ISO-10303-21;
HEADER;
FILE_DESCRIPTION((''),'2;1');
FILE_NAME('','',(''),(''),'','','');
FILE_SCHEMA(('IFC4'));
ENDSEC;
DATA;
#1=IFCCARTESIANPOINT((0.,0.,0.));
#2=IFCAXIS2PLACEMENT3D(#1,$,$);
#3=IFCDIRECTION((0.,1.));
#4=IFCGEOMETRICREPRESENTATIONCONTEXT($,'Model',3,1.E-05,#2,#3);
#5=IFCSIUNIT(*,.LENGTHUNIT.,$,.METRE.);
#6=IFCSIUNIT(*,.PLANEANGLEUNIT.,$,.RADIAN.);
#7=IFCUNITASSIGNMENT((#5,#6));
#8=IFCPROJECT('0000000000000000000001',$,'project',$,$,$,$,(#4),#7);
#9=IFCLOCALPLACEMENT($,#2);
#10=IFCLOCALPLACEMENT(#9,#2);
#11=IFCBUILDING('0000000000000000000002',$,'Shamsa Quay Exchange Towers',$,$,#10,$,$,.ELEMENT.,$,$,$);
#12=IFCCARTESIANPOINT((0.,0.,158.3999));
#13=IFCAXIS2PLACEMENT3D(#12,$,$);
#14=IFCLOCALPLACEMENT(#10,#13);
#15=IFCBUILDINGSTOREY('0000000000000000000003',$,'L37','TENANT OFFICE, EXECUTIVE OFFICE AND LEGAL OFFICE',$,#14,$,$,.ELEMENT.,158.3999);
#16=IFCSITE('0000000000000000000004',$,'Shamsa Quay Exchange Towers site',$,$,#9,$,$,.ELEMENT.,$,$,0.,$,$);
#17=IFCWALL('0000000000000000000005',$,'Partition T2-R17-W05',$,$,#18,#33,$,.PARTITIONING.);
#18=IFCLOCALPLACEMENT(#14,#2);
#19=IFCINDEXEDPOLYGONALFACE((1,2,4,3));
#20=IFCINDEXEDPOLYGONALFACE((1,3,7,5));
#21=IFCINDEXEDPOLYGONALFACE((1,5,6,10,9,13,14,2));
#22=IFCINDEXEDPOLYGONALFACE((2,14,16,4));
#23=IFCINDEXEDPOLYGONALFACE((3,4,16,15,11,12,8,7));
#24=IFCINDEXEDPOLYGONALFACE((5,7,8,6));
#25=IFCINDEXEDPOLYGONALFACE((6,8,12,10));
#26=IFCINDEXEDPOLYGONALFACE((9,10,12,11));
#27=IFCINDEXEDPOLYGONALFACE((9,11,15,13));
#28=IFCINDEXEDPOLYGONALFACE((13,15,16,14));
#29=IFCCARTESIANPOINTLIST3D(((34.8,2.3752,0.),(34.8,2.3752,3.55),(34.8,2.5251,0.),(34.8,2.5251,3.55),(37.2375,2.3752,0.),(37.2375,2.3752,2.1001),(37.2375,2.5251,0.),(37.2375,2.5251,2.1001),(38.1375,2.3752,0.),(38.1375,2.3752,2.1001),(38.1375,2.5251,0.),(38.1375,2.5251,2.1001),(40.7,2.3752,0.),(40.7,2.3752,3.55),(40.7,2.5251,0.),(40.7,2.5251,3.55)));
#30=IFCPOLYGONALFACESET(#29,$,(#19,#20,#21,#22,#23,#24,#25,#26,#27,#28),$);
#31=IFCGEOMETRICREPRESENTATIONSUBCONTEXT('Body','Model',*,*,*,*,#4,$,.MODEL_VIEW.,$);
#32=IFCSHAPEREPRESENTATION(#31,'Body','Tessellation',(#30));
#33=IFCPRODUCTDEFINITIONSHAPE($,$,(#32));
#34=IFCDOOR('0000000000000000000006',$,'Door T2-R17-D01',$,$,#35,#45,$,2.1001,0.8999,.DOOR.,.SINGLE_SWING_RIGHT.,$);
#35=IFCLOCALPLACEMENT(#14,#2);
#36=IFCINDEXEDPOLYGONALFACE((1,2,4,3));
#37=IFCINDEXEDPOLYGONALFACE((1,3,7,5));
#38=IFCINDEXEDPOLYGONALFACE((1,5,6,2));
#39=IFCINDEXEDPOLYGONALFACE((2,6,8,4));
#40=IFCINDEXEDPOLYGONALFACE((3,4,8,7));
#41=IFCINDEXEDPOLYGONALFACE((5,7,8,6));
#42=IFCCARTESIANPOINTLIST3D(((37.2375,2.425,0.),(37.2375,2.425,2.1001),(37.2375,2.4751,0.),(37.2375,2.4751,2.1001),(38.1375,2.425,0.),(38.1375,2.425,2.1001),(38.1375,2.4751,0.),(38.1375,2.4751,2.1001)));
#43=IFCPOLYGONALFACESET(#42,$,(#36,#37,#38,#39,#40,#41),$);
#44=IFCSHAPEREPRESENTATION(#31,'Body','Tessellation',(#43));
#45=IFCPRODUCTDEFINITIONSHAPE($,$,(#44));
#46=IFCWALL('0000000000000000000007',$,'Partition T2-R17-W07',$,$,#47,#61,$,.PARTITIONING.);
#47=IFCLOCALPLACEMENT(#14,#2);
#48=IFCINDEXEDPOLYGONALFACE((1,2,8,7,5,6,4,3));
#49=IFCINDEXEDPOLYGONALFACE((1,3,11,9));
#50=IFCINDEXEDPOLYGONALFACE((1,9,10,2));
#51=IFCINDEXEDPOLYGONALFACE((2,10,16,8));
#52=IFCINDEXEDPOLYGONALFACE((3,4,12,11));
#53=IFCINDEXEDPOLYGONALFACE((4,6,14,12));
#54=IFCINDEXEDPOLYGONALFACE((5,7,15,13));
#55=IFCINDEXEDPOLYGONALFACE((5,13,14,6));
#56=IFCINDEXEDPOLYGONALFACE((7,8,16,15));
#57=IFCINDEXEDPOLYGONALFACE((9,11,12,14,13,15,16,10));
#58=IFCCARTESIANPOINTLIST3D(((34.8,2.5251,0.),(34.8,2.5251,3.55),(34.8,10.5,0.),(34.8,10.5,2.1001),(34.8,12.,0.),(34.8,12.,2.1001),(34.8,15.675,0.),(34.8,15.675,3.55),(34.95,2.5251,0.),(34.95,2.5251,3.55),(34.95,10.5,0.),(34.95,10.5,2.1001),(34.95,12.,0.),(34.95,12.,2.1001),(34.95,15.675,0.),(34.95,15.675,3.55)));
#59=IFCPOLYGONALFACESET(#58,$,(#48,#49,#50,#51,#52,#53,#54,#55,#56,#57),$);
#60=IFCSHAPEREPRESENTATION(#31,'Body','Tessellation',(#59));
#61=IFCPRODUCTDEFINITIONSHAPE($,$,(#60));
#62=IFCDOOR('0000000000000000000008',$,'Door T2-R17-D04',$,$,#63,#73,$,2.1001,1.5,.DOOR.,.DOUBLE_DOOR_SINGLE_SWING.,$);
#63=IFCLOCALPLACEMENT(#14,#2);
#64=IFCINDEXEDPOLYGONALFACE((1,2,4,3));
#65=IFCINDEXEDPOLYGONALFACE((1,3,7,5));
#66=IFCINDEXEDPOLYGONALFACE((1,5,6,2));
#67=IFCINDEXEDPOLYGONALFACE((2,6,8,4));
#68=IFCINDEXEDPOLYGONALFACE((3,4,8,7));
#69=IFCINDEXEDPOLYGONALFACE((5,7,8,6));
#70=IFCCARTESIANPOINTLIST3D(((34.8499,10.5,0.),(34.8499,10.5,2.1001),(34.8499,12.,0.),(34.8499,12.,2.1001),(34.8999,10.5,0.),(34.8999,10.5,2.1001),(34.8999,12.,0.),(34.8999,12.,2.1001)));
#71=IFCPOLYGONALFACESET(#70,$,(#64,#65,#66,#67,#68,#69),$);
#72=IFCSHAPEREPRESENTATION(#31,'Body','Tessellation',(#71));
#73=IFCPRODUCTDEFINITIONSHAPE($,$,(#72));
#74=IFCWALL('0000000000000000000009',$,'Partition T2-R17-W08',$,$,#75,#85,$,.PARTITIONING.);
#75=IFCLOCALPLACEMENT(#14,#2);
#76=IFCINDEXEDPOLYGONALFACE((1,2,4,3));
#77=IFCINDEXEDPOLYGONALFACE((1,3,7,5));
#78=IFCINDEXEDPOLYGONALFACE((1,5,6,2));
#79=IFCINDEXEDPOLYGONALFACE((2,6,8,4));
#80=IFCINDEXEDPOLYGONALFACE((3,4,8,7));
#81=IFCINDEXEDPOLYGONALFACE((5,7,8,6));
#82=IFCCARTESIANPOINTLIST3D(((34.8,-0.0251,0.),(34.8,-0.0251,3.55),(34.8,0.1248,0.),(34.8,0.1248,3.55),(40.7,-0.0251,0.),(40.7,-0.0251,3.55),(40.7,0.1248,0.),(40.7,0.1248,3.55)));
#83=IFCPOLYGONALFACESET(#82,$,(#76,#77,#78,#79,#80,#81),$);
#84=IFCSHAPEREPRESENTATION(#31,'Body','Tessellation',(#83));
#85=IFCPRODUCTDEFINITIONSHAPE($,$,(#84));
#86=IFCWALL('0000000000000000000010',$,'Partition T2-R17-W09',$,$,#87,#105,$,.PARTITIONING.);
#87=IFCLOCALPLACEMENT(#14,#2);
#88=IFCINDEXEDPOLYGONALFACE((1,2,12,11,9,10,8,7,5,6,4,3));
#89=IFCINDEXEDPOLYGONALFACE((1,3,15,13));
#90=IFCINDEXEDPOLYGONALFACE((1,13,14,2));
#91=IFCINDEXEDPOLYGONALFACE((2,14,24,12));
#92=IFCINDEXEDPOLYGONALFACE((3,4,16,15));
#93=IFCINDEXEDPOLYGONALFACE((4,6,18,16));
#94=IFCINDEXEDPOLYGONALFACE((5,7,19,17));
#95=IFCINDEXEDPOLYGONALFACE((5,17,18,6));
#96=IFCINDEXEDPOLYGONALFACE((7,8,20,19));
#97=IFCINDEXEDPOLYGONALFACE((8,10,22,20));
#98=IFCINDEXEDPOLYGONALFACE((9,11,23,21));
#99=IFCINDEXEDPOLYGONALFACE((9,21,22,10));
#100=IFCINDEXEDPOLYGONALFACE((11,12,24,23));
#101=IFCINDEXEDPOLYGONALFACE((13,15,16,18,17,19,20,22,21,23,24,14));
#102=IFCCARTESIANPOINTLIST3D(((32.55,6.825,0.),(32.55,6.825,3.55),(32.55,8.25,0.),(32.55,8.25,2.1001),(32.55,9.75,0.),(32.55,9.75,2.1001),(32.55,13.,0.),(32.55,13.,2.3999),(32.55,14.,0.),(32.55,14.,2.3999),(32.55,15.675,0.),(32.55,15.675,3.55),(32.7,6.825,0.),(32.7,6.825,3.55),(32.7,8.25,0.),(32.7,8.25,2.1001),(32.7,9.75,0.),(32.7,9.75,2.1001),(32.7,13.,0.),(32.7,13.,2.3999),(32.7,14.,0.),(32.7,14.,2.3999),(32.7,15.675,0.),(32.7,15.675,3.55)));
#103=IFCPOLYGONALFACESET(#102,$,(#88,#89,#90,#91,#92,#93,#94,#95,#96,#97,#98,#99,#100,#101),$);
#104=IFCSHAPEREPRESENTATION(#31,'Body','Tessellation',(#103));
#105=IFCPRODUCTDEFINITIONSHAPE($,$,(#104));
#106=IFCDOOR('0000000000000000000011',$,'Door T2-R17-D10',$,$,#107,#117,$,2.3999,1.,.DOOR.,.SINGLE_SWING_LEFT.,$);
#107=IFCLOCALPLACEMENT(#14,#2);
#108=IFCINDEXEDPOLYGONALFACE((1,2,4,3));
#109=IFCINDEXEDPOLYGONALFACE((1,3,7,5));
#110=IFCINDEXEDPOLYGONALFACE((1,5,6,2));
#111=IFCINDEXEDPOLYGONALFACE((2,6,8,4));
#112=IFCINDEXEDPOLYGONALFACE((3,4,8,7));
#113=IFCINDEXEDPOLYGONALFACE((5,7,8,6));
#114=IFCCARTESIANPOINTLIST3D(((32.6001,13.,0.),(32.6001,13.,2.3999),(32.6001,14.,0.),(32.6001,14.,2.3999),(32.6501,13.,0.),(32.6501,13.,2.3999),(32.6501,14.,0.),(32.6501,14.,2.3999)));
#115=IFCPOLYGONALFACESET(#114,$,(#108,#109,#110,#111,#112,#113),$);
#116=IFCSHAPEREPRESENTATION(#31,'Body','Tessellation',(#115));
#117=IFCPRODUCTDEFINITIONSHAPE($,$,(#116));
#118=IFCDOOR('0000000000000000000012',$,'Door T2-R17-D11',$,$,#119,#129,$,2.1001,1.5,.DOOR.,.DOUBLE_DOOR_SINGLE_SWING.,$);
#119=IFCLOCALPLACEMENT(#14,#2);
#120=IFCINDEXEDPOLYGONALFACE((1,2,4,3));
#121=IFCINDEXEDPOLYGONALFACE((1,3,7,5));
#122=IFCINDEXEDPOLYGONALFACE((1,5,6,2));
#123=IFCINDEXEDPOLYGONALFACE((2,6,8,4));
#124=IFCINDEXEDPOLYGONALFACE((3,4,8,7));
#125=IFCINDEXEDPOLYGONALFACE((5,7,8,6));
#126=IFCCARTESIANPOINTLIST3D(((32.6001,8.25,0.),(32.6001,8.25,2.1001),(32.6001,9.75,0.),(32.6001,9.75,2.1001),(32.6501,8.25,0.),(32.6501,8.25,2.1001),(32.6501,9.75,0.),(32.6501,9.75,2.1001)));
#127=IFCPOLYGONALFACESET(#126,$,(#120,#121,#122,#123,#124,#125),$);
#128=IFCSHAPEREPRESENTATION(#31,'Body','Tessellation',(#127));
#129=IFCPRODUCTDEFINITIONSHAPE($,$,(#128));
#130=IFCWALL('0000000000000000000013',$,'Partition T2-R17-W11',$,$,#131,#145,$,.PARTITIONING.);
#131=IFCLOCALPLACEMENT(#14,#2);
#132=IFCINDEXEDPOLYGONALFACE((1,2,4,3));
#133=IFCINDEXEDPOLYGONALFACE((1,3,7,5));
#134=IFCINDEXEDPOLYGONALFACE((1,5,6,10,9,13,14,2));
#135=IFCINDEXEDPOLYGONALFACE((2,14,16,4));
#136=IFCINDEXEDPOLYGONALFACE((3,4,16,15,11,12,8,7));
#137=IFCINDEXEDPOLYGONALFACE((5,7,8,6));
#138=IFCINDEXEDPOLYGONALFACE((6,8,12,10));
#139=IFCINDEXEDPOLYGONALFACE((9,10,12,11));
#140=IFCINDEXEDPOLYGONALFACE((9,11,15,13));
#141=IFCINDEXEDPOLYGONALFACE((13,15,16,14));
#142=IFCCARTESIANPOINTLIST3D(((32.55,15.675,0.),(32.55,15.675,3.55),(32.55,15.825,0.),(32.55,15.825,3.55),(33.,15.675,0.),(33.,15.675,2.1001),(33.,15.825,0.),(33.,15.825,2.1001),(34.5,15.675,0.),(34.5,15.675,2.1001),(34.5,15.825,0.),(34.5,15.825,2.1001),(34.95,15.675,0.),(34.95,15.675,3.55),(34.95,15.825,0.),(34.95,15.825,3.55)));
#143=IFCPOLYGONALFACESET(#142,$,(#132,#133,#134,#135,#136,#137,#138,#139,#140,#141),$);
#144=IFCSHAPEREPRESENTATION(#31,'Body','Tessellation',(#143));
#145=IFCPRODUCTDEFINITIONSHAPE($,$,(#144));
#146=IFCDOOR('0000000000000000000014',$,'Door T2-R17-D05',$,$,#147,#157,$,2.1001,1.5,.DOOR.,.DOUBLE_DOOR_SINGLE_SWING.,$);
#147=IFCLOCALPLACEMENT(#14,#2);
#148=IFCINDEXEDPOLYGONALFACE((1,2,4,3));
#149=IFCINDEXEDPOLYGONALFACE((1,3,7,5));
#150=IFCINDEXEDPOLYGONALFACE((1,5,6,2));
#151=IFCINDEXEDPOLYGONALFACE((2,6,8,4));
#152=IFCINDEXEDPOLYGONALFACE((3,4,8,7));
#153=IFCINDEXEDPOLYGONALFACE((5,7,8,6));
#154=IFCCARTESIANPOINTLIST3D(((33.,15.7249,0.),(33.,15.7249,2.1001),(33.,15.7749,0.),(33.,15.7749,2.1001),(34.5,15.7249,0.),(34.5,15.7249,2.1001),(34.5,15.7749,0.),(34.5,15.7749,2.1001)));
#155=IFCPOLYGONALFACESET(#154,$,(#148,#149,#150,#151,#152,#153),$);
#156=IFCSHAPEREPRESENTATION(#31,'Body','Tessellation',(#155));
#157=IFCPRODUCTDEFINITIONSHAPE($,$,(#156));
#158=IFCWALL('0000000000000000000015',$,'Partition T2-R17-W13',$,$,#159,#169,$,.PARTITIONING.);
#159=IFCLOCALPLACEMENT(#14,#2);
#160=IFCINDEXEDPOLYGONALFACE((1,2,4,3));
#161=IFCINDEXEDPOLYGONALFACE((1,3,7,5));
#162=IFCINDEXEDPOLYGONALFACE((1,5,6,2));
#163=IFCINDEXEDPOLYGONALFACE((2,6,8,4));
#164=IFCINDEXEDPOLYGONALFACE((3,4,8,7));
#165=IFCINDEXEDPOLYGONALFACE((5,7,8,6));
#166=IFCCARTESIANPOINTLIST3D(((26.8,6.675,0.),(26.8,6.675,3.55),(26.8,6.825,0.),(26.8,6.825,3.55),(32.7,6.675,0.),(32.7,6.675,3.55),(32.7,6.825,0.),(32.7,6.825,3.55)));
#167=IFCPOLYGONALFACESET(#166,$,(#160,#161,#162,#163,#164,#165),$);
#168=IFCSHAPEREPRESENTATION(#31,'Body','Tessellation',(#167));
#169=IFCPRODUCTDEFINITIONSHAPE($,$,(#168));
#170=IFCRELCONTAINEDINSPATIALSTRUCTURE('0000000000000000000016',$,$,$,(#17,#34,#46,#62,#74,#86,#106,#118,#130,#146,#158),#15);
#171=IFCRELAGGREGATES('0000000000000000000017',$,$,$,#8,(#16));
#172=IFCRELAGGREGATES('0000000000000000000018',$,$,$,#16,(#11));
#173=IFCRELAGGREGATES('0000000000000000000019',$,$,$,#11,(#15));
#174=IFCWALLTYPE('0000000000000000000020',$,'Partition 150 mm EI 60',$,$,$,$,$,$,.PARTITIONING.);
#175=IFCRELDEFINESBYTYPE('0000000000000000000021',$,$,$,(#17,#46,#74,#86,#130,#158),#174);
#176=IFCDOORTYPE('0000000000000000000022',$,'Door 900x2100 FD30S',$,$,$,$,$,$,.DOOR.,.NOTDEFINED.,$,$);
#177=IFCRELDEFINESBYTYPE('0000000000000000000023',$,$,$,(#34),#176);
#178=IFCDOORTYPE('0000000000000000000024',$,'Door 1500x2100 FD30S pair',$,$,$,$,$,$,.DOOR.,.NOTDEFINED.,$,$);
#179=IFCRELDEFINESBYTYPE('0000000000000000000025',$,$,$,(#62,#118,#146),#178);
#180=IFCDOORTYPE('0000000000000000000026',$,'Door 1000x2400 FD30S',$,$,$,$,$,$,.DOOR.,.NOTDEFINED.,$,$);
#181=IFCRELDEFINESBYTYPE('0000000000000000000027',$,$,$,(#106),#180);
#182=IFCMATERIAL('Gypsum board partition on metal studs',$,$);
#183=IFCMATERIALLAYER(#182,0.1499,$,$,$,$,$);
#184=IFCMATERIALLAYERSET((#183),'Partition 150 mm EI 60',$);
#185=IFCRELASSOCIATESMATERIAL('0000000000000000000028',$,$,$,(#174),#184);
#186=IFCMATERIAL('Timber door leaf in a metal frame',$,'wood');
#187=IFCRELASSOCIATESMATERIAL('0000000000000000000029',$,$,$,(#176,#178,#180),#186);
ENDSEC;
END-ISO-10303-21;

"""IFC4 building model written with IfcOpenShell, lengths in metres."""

from ifc_helpers import new_model, si_unit, direction, frame, frame_2d, origin, place, context, subcontext, project, spatial, rectangle, extrude, material, layer, layer_set, type_object, element, fill, save


model = new_model("IFC4")

# Units and contexts
model_context = context("Model", 3, precision=1e-05, world=origin(), true_north=direction((0.0, 1.0)))
body_context = subcontext(model_context, "Body", "Model", "MODEL_VIEW")
ifc_project = project(units=[si_unit("LENGTHUNIT", "METRE"), si_unit("PLANEANGLEUNIT", "RADIAN")], contexts=[model_context])

# Site, building, storey
site_placement = place(None, origin())
site = spatial("IfcSite", under=ifc_project, at=site_placement, Name="Shamsa Quay Exchange Towers site", CompositionType="ELEMENT", RefElevation=0.0)
building_placement = place(site_placement, origin())
building = spatial("IfcBuilding", under=site, at=building_placement, Name="Shamsa Quay Exchange Towers", CompositionType="ELEMENT")
storey_placement = place(building_placement, frame((0.0, 0.0, 158.3999)))
storey = spatial("IfcBuildingStorey", under=building, at=storey_placement, Name="L37", Description="TENANT OFFICE, EXECUTIVE OFFICE AND LEGAL OFFICE", CompositionType="ELEMENT", Elevation=158.3999)

# Walls, openings, doors
ifc_material_1 = material(Name="Gypsum board partition on metal studs")
ifc_material_2 = material(Name="Timber door leaf in a metal frame", Category="wood")
ifc_layer_1 = layer(ifc_material_1, 0.1499)
ifc_layer_set_1 = layer_set([ifc_layer_1], Name="Partition 150 mm EI 60")
wall_type_1 = type_object("IfcWallType", Name="Partition 150 mm EI 60", PredefinedType="PARTITIONING", material=ifc_layer_set_1)
wall_1_placement = place(storey_placement, frame((34.8, 2.4502, 0.0)))
wall_1 = element("IfcWall", 1, at=wall_1_placement, inside=storey, type_object=wall_type_1, Name="Partition T2-R17-W05", PredefinedType="PARTITIONING", context=body_context, shape_type="SweptSolid", body=[
    extrude(rectangle(XDim=5.8999, YDim=0.1499, at=frame_2d((2.95, 0.0))), origin(), (0.0, 0.0, 1.0), 3.55),
])
opening_1_placement = place(wall_1_placement, frame((2.4375, 0.0, 0.0)))
opening_1 = element("IfcOpeningElement", 2, at=opening_1_placement, cuts=wall_1, PredefinedType="OPENING", context=body_context, shape_type="SweptSolid", body=[
    extrude(rectangle(XDim=0.8999, YDim=2.1001, at=frame_2d((0.45, 1.05))), frame((0.0, 0.085, 0.0), z_axis=(0.0, -1.0, 0.0), x_axis=(1.0, 0.0, 0.0)), (0.0, 0.0, 1.0), 0.1699),
])
door_type_1 = type_object("IfcDoorType", Name="Door 900x2100 FD30S", OperationType="NOTDEFINED", PredefinedType="DOOR", material=ifc_material_2)
door_1_placement = place(opening_1_placement, origin())
door_1 = element("IfcDoor", 3, at=door_1_placement, inside=storey, type_object=door_type_1, Name="Door T2-R17-D01", OperationType="SINGLE_SWING_RIGHT", OverallHeight=2.1001, OverallWidth=0.8999, PredefinedType="DOOR", context=body_context, shape_type="SweptSolid", body=[
    extrude(rectangle(XDim=0.8999, YDim=2.1001, at=frame_2d((0.45, 1.05))), frame((0.0, 0.0249, 0.0), z_axis=(0.0, -1.0, 0.0), x_axis=(1.0, 0.0, 0.0)), (0.0, 0.0, 1.0), 0.05),
])
fill(opening_1, door_1)
wall_2_placement = place(storey_placement, frame((34.875, 15.675, 0.0), z_axis=(0.0, 0.0, 1.0), x_axis=(0.0, -1.0, 0.0)))
wall_2 = element("IfcWall", 4, at=wall_2_placement, inside=storey, type_object=wall_type_1, Name="Partition T2-R17-W07", PredefinedType="PARTITIONING", context=body_context, shape_type="SweptSolid", body=[
    extrude(rectangle(XDim=13.1499, YDim=0.1499, at=frame_2d((6.575, 0.0))), origin(), (0.0, 0.0, 1.0), 3.55),
])
opening_2_placement = place(wall_2_placement, frame((3.675, 0.0, 0.0)))
opening_2 = element("IfcOpeningElement", 5, at=opening_2_placement, cuts=wall_2, PredefinedType="OPENING", context=body_context, shape_type="SweptSolid", body=[
    extrude(rectangle(XDim=1.5, YDim=2.1001, at=frame_2d((0.75, 1.05))), frame((0.0, 0.085, 0.0), z_axis=(0.0, -1.0, 0.0), x_axis=(1.0, 0.0, 0.0)), (0.0, 0.0, 1.0), 0.1699),
])
door_type_2 = type_object("IfcDoorType", Name="Door 1500x2100 FD30S pair", OperationType="NOTDEFINED", PredefinedType="DOOR", material=ifc_material_2)
door_2_placement = place(opening_2_placement, origin())
door_2 = element("IfcDoor", 6, at=door_2_placement, inside=storey, type_object=door_type_2, Name="Door T2-R17-D04", OperationType="DOUBLE_DOOR_SINGLE_SWING", OverallHeight=2.1001, OverallWidth=1.5, PredefinedType="DOOR", context=body_context, shape_type="SweptSolid", body=[
    extrude(rectangle(XDim=1.5, YDim=2.1001, at=frame_2d((0.75, 1.05))), frame((0.0, 0.0249, 0.0), z_axis=(0.0, -1.0, 0.0), x_axis=(1.0, 0.0, 0.0)), (0.0, 0.0, 1.0), 0.05),
])
fill(opening_2, door_2)

# Wall
wall_3_placement = place(storey_placement, frame((40.7, 0.0498, 0.0), z_axis=(0.0, 0.0, 1.0), x_axis=(-1.0, 0.0, 0.0)))
element("IfcWall", 7, at=wall_3_placement, inside=storey, type_object=wall_type_1, Name="Partition T2-R17-W08", PredefinedType="PARTITIONING", context=body_context, shape_type="SweptSolid", body=[
    extrude(rectangle(XDim=5.8999, YDim=0.1499, at=frame_2d((2.95, 0.0))), origin(), (0.0, 0.0, 1.0), 3.55),
])

# Wall, openings, doors
wall_4_placement = place(storey_placement, frame((32.625, 6.825, 0.0), z_axis=(0.0, 0.0, 1.0), x_axis=(0.0, 1.0, 0.0)))
wall_4 = element("IfcWall", 8, at=wall_4_placement, inside=storey, type_object=wall_type_1, Name="Partition T2-R17-W09", PredefinedType="PARTITIONING", context=body_context, shape_type="SweptSolid", body=[
    extrude(rectangle(XDim=8.8501, YDim=0.1499, at=frame_2d((4.425, 0.0))), origin(), (0.0, 0.0, 1.0), 3.55),
])
opening_3_placement = place(wall_4_placement, frame((6.175, 0.0, 0.0)))
opening_3 = element("IfcOpeningElement", 9, at=opening_3_placement, cuts=wall_4, PredefinedType="OPENING", context=body_context, shape_type="SweptSolid", body=[
    extrude(rectangle(XDim=1.0, YDim=2.3999, at=frame_2d((0.5, 1.2))), frame((0.0, 0.085, 0.0), z_axis=(0.0, -1.0, 0.0), x_axis=(1.0, 0.0, 0.0)), (0.0, 0.0, 1.0), 0.1699),
])
opening_4_placement = place(wall_4_placement, frame((1.425, 0.0, 0.0)))
opening_4 = element("IfcOpeningElement", 10, at=opening_4_placement, cuts=wall_4, PredefinedType="OPENING", context=body_context, shape_type="SweptSolid", body=[
    extrude(rectangle(XDim=1.5, YDim=2.1001, at=frame_2d((0.75, 1.05))), frame((0.0, 0.085, 0.0), z_axis=(0.0, -1.0, 0.0), x_axis=(1.0, 0.0, 0.0)), (0.0, 0.0, 1.0), 0.1699),
])
door_type_3 = type_object("IfcDoorType", Name="Door 1000x2400 FD30S", OperationType="NOTDEFINED", PredefinedType="DOOR", material=ifc_material_2)
door_3_placement = place(opening_3_placement, origin())
door_3 = element("IfcDoor", 11, at=door_3_placement, inside=storey, type_object=door_type_3, Name="Door T2-R17-D10", OperationType="SINGLE_SWING_LEFT", OverallHeight=2.3999, OverallWidth=1.0, PredefinedType="DOOR", context=body_context, shape_type="SweptSolid", body=[
    extrude(rectangle(XDim=1.0, YDim=2.3999, at=frame_2d((0.5, 1.2))), frame((0.0, 0.0249, 0.0), z_axis=(0.0, -1.0, 0.0), x_axis=(1.0, 0.0, 0.0)), (0.0, 0.0, 1.0), 0.05),
])
fill(opening_3, door_3)
door_4_placement = place(opening_4_placement, origin())
door_4 = element("IfcDoor", 12, at=door_4_placement, inside=storey, type_object=door_type_2, Name="Door T2-R17-D11", OperationType="DOUBLE_DOOR_SINGLE_SWING", OverallHeight=2.1001, OverallWidth=1.5, PredefinedType="DOOR", context=body_context, shape_type="SweptSolid", body=[
    extrude(rectangle(XDim=1.5, YDim=2.1001, at=frame_2d((0.75, 1.05))), frame((0.0, 0.0249, 0.0), z_axis=(0.0, -1.0, 0.0), x_axis=(1.0, 0.0, 0.0)), (0.0, 0.0, 1.0), 0.05),
])
fill(opening_4, door_4)

# Wall, opening, door
wall_5_placement = place(storey_placement, frame((32.55, 15.75, 0.0)))
wall_5 = element("IfcWall", 13, at=wall_5_placement, inside=storey, type_object=wall_type_1, Name="Partition T2-R17-W11", PredefinedType="PARTITIONING", context=body_context, shape_type="SweptSolid", body=[
    extrude(rectangle(XDim=2.3999, YDim=0.1499, at=frame_2d((1.2, 0.0))), origin(), (0.0, 0.0, 1.0), 3.55),
])
opening_5_placement = place(wall_5_placement, frame((0.45, 0.0, 0.0)))
opening_5 = element("IfcOpeningElement", 14, at=opening_5_placement, cuts=wall_5, PredefinedType="OPENING", context=body_context, shape_type="SweptSolid", body=[
    extrude(rectangle(XDim=1.5, YDim=2.1001, at=frame_2d((0.75, 1.05))), frame((0.0, 0.085, 0.0), z_axis=(0.0, -1.0, 0.0), x_axis=(1.0, 0.0, 0.0)), (0.0, 0.0, 1.0), 0.1699),
])
door_5_placement = place(opening_5_placement, origin())
door_5 = element("IfcDoor", 15, at=door_5_placement, inside=storey, type_object=door_type_2, Name="Door T2-R17-D05", OperationType="DOUBLE_DOOR_SINGLE_SWING", OverallHeight=2.1001, OverallWidth=1.5, PredefinedType="DOOR", context=body_context, shape_type="SweptSolid", body=[
    extrude(rectangle(XDim=1.5, YDim=2.1001, at=frame_2d((0.75, 1.05))), frame((0.0, 0.0249, 0.0), z_axis=(0.0, -1.0, 0.0), x_axis=(1.0, 0.0, 0.0)), (0.0, 0.0, 1.0), 0.05),
])
fill(opening_5, door_5)

# Wall
wall_6_placement = place(storey_placement, frame((32.7, 6.75, 0.0), z_axis=(0.0, 0.0, 1.0), x_axis=(-1.0, 0.0, 0.0)))
element("IfcWall", 16, at=wall_6_placement, inside=storey, type_object=wall_type_1, Name="Partition T2-R17-W13", PredefinedType="PARTITIONING", context=body_context, shape_type="SweptSolid", body=[
    extrude(rectangle(XDim=5.8999, YDim=0.1499, at=frame_2d((2.95, 0.0))), origin(), (0.0, 0.0, 1.0), 3.55),
])

save(model, "model.ifc")
